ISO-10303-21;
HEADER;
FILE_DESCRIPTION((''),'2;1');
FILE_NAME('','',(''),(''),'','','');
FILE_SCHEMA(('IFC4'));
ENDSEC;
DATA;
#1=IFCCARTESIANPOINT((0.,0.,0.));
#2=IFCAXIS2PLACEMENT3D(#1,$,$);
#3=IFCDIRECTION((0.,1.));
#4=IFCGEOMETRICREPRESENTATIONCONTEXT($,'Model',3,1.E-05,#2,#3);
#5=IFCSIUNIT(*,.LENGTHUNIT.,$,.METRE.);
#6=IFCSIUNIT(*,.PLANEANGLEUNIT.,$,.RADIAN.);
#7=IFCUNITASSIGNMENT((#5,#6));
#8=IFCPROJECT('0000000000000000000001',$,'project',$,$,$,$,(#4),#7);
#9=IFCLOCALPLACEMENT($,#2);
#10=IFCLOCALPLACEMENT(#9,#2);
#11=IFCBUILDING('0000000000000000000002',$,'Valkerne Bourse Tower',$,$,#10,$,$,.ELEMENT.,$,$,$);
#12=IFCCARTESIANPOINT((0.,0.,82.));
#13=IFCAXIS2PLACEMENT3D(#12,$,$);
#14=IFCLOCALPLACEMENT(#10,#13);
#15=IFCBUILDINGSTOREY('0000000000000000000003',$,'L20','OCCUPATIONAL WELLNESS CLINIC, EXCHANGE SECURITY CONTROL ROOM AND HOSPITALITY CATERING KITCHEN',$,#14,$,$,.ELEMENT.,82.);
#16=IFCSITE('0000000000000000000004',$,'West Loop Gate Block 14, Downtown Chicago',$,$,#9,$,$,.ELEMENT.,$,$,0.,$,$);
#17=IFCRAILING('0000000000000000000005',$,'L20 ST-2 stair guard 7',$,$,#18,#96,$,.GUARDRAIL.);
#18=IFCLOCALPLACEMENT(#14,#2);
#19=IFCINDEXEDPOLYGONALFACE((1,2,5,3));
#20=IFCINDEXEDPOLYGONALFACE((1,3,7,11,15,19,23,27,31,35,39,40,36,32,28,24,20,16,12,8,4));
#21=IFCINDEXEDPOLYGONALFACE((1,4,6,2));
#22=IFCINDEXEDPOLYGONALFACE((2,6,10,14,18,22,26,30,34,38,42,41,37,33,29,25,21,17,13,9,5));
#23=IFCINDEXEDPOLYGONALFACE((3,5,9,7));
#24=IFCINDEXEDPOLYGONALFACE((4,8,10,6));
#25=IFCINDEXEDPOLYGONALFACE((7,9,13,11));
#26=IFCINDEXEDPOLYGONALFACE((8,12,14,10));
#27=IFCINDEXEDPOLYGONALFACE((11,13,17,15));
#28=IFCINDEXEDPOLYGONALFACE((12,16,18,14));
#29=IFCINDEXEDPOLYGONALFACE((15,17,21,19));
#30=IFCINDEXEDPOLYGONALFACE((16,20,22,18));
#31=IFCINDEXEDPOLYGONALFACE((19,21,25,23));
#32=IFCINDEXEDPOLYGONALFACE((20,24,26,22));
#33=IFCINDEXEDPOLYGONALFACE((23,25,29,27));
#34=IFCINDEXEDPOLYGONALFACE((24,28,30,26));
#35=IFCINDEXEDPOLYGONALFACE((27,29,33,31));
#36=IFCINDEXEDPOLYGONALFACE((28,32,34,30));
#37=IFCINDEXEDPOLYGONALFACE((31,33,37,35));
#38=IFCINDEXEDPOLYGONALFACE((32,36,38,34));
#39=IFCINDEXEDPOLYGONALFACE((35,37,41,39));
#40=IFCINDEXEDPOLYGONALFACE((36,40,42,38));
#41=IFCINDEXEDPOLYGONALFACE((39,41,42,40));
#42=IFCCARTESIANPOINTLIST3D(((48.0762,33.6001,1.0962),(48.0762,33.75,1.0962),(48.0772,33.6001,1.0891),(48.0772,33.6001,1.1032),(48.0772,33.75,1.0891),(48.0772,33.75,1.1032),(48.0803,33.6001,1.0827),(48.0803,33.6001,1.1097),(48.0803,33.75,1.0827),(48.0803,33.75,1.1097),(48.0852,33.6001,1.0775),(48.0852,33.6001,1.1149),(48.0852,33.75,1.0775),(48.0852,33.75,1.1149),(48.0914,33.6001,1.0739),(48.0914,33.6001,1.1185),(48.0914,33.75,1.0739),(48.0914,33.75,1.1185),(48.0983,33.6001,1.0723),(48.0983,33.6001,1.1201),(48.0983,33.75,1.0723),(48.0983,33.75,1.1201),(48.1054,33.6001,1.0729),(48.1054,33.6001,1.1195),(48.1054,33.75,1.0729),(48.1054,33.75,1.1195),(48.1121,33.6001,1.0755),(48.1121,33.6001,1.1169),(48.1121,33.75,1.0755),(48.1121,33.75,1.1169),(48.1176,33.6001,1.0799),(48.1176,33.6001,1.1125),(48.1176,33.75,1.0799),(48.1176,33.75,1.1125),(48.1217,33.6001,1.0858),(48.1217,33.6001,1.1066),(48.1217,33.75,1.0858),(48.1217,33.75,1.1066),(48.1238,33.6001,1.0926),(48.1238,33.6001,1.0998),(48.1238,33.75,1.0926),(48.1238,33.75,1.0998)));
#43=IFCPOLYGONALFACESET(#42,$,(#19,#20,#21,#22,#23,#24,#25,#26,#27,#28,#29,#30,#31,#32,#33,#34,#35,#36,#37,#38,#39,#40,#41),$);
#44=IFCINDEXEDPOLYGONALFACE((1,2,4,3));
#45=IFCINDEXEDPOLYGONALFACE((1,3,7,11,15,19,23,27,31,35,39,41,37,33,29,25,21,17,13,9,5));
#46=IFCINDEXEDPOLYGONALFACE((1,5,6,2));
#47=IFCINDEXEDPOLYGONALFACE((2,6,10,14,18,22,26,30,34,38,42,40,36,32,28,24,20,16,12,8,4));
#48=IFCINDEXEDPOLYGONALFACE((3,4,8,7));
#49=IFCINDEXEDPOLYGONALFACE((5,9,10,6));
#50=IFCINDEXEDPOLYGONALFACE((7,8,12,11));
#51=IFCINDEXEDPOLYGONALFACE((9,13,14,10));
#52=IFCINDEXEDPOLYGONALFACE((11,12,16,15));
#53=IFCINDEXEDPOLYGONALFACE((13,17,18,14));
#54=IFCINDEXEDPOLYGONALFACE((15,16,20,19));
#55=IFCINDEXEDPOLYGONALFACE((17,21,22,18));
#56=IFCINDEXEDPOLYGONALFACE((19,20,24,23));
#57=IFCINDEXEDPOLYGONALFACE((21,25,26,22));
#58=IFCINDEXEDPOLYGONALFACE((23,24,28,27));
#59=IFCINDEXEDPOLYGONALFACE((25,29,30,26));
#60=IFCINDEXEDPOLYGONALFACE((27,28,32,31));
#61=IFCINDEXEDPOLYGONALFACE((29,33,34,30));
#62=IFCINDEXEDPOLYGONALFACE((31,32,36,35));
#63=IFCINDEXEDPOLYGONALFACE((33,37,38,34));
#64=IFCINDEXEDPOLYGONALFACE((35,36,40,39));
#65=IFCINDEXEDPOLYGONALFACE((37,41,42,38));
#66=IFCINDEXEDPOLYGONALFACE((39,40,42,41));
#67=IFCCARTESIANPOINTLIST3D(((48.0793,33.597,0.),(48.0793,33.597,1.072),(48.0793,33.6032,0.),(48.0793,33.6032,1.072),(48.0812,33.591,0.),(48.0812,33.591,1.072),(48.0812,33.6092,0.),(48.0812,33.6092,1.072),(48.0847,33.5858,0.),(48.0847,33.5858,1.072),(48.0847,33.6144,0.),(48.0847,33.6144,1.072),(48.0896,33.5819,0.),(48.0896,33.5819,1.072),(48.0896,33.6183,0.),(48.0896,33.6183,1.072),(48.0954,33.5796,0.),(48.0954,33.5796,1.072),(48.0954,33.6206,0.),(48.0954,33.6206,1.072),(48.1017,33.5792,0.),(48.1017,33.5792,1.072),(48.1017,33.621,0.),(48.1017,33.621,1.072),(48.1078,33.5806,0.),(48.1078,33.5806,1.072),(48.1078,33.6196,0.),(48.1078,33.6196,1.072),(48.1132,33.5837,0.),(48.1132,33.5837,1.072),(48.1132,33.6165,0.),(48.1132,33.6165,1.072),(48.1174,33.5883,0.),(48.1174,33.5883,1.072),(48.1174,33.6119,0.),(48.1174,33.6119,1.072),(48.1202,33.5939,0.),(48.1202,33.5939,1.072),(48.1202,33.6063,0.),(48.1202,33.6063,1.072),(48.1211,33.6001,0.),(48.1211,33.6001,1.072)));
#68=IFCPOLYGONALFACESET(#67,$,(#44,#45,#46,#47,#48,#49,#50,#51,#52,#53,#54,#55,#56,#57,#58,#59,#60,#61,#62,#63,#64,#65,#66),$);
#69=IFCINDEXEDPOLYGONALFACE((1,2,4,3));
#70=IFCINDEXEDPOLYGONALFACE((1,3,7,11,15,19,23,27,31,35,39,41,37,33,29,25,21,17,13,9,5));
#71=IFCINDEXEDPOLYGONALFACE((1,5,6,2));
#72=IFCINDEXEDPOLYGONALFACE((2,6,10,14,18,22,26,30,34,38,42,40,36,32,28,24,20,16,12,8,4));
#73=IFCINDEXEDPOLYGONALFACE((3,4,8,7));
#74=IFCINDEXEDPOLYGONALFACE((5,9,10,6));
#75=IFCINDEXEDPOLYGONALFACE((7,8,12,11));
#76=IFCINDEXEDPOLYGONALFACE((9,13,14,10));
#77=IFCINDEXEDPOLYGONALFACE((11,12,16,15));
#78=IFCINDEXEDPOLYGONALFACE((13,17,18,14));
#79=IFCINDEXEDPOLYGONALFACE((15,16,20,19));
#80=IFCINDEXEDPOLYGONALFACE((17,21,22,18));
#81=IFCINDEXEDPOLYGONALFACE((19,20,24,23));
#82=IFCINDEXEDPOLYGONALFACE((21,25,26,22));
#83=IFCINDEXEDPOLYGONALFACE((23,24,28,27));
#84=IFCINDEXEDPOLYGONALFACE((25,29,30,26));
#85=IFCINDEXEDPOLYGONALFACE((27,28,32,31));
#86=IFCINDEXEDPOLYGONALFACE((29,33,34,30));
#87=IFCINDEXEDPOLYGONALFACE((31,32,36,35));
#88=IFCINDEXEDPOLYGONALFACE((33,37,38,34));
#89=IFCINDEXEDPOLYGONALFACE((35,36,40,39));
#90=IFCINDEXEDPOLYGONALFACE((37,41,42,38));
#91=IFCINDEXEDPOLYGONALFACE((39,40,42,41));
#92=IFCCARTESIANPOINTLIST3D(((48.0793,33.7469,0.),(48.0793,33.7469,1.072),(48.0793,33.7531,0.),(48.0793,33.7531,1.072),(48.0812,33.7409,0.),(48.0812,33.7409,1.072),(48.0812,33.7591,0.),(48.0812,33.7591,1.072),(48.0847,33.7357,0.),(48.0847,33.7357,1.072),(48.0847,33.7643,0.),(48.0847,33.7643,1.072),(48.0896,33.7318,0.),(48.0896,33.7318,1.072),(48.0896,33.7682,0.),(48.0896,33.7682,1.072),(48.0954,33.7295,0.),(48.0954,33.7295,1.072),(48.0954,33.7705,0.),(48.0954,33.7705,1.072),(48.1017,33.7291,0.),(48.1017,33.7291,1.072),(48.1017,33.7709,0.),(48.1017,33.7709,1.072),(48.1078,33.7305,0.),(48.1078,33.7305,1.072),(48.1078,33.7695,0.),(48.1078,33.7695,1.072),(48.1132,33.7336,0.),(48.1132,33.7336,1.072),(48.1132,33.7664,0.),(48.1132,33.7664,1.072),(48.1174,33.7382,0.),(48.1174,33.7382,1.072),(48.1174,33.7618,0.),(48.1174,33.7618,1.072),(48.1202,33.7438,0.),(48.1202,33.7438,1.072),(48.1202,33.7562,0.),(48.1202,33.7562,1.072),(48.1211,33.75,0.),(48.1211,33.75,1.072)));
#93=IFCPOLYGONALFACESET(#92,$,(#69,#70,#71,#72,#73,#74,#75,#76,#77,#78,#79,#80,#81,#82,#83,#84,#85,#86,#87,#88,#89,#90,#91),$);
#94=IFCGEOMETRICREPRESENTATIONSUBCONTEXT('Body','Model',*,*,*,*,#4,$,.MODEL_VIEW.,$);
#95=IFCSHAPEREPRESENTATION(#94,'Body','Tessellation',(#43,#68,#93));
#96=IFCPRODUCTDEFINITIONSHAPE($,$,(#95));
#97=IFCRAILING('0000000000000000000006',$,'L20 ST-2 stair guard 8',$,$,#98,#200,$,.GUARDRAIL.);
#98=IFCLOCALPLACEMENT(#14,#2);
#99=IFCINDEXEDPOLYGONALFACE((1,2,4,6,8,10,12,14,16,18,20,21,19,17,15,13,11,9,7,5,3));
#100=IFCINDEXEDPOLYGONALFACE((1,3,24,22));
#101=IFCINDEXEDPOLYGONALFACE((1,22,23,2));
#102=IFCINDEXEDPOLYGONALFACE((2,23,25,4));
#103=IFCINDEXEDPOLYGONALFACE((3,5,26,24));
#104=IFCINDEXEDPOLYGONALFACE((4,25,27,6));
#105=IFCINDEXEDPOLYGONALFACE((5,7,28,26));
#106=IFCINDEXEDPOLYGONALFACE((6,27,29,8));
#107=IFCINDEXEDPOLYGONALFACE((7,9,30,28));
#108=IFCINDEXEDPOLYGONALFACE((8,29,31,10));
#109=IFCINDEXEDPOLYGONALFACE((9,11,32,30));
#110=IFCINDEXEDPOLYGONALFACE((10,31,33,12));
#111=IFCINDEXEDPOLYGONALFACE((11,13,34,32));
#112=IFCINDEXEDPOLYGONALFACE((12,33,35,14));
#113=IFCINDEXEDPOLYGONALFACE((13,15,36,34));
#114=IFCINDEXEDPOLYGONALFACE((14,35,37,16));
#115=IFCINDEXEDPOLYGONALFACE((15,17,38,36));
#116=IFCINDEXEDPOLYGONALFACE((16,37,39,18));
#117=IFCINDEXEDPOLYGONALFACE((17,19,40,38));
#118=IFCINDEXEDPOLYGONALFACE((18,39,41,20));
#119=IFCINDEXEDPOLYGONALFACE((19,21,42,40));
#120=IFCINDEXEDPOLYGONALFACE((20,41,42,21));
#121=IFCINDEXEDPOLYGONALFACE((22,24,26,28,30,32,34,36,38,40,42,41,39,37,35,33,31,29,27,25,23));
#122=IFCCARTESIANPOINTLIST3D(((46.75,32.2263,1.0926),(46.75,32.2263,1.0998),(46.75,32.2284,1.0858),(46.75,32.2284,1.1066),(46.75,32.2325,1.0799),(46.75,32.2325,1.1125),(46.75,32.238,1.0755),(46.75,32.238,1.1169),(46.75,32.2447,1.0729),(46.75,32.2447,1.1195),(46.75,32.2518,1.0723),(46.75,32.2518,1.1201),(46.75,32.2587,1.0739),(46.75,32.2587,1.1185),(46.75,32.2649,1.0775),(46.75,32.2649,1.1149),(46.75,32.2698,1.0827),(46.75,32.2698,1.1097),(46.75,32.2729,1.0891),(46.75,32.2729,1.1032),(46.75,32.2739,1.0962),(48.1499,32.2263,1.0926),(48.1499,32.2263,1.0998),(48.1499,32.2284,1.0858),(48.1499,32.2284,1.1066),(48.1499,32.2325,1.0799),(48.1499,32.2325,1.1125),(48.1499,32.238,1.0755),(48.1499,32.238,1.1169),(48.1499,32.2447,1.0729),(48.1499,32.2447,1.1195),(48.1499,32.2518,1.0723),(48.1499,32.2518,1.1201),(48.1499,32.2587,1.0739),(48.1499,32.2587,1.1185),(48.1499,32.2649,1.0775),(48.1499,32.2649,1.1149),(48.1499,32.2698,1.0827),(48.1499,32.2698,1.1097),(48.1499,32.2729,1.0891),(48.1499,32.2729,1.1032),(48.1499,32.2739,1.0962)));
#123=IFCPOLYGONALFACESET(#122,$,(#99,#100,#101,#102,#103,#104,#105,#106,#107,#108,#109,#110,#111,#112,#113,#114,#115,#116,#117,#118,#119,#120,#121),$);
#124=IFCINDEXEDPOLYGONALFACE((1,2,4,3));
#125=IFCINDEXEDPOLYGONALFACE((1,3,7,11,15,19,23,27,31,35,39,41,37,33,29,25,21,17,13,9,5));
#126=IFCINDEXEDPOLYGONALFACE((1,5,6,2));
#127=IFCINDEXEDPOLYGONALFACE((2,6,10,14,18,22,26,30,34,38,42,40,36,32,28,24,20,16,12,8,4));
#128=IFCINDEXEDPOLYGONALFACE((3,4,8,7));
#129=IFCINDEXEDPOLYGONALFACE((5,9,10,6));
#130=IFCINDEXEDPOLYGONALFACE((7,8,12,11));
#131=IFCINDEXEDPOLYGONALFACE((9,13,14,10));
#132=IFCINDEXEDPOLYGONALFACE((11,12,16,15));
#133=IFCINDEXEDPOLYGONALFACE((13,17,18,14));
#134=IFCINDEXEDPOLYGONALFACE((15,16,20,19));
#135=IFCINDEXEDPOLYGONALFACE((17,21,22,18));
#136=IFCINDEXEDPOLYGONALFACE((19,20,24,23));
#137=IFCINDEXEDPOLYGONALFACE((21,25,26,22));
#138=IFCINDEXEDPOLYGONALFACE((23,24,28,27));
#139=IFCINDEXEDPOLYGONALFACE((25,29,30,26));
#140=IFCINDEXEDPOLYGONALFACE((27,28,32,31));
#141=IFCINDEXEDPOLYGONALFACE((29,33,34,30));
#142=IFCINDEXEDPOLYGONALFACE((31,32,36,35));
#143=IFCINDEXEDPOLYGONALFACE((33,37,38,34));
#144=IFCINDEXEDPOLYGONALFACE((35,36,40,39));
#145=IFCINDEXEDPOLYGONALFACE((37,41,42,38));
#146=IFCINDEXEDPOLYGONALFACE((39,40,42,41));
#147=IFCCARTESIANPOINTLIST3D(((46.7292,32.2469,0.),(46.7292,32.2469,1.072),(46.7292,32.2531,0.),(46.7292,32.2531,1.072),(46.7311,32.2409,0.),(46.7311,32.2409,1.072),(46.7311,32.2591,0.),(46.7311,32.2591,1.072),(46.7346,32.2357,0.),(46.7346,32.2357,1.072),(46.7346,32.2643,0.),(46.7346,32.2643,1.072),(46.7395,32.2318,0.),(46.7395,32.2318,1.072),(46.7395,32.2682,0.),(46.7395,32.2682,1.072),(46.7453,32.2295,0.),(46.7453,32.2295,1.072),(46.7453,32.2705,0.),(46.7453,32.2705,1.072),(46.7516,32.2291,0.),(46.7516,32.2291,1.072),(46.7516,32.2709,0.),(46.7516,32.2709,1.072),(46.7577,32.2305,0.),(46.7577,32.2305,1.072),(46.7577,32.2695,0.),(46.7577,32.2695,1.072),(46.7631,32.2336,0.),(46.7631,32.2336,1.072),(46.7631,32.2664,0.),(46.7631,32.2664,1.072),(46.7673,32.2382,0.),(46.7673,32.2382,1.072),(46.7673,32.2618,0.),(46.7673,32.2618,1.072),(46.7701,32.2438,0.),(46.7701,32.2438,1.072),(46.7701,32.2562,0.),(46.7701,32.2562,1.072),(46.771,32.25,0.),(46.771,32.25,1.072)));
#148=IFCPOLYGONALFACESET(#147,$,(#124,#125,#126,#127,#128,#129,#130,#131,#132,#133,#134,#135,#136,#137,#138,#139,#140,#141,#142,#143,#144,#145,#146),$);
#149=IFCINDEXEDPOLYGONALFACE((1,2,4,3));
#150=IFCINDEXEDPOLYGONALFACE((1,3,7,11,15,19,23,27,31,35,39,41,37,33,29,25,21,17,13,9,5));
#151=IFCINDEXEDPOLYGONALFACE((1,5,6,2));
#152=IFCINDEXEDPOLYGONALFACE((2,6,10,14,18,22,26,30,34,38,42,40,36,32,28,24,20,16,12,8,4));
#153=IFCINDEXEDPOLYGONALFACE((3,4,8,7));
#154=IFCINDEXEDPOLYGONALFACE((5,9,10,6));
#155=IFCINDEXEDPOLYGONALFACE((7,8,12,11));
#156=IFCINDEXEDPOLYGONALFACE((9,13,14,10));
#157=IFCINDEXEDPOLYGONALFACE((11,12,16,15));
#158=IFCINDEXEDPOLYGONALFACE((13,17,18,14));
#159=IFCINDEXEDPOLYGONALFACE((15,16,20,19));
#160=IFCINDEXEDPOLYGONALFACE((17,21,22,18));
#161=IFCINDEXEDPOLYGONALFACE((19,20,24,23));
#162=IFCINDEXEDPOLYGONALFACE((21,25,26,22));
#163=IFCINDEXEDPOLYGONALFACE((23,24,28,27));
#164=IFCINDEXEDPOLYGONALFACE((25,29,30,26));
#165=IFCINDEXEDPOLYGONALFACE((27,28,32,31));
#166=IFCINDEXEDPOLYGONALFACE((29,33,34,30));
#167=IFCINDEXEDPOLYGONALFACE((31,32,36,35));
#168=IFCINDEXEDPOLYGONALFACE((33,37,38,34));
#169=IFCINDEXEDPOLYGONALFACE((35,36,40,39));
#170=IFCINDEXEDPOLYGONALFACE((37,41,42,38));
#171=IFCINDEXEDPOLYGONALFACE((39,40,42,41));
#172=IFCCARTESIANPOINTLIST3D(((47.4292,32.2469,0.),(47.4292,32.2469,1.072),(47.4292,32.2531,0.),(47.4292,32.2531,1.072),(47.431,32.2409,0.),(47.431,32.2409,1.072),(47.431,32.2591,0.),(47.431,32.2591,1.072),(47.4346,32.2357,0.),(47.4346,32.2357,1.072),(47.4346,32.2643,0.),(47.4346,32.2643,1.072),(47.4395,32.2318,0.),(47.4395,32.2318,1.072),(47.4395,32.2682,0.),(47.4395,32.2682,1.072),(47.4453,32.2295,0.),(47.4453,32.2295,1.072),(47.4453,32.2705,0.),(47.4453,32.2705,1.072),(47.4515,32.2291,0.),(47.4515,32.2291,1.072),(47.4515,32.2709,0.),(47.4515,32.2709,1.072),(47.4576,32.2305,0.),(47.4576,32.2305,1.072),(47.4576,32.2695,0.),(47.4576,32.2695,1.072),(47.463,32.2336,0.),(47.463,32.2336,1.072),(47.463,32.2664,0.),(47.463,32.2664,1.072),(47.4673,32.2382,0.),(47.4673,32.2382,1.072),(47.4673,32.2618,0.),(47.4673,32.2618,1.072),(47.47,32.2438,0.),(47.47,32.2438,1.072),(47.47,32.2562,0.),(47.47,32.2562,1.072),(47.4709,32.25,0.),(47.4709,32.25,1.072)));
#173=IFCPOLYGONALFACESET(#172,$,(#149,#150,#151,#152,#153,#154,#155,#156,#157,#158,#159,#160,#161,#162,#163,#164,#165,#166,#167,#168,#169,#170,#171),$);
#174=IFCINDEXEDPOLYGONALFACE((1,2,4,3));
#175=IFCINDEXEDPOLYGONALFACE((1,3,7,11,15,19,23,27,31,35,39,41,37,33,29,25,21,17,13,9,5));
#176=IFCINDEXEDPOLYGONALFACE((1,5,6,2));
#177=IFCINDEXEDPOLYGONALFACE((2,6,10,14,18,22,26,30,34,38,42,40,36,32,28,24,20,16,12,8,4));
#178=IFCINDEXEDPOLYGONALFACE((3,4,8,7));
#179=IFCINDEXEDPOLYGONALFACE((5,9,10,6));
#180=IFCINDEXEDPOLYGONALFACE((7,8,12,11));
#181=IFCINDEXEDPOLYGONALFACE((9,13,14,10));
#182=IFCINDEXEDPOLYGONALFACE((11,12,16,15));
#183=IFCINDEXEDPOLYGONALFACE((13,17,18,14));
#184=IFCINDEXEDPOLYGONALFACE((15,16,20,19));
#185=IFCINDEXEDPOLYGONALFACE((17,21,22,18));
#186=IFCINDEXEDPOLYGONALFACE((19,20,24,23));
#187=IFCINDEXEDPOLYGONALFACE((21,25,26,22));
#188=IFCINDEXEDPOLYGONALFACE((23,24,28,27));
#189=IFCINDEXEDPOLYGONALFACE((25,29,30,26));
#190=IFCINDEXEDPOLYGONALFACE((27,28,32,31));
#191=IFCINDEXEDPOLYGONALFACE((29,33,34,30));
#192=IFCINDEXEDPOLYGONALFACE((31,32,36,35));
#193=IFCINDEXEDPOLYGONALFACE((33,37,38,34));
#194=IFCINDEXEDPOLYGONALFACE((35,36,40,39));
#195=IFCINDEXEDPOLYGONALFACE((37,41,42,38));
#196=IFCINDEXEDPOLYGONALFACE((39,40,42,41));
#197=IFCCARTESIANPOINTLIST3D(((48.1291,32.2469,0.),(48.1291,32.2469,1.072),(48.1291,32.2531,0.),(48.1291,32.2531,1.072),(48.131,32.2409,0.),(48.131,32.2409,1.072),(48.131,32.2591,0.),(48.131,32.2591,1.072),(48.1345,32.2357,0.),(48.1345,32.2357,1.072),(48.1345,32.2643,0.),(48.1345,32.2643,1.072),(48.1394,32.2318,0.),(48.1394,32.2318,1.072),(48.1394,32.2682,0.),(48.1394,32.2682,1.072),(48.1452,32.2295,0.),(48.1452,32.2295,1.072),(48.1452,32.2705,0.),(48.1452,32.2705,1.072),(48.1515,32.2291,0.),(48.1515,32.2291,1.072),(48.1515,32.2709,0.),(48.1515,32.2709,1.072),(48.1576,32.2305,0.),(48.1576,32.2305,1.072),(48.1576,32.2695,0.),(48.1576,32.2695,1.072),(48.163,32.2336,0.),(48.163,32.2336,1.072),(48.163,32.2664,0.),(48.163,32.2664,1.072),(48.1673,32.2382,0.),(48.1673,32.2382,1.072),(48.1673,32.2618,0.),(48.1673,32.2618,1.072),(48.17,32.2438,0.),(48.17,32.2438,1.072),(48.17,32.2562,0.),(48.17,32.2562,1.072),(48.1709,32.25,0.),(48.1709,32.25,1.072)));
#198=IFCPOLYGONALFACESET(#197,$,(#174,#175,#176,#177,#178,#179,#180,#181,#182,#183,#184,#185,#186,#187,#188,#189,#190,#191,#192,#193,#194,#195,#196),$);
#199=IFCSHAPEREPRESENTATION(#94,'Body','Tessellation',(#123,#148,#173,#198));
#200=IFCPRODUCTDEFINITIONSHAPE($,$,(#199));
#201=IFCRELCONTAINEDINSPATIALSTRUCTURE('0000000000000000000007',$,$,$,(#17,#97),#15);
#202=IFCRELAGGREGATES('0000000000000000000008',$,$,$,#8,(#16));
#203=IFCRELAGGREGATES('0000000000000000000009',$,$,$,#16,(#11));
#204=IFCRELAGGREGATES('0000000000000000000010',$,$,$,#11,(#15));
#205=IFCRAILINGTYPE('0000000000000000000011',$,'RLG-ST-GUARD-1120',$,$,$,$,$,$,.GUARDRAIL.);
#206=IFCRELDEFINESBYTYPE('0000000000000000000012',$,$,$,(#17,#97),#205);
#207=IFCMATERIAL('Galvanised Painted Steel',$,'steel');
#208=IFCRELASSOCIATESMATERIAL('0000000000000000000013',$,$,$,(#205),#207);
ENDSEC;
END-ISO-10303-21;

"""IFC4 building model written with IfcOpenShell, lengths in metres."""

from ifc_helpers import new_model, si_unit, direction, frame, origin, origin_2d, place, context, subcontext, project, spatial, circle, extrude, material, type_object, element, save


model = new_model("IFC4")

# Units and contexts
model_context = context("Model", 3, precision=1e-05, world=origin(), true_north=direction((0.0, 1.0)))
body_context = subcontext(model_context, "Body", "Model", "MODEL_VIEW")
ifc_project = project(units=[si_unit("LENGTHUNIT", "METRE"), si_unit("PLANEANGLEUNIT", "RADIAN")], contexts=[model_context])

# Site, building, storey
site_placement = place(None, origin())
site = spatial("IfcSite", under=ifc_project, at=site_placement, Name="West Loop Gate Block 14, Downtown Chicago", CompositionType="ELEMENT", RefElevation=0.0)
building_placement = place(site_placement, origin())
building = spatial("IfcBuilding", under=site, at=building_placement, Name="Valkerne Bourse Tower", CompositionType="ELEMENT")
storey_placement = place(building_placement, frame((0.0, 0.0, 82.0)))
storey = spatial("IfcBuildingStorey", under=building, at=storey_placement, Name="L20", Description="OCCUPATIONAL WELLNESS CLINIC, EXCHANGE SECURITY CONTROL ROOM AND HOSPITALITY CATERING KITCHEN", CompositionType="ELEMENT", Elevation=82.0)

# Shared definitions
ifc_material_1 = material(Name="Galvanised Painted Steel", Category="steel")

# Railings
railing_type_1 = type_object("IfcRailingType", Name="RLG-ST-GUARD-1120", PredefinedType="GUARDRAIL", material=ifc_material_1)
railing_1_placement = place(storey_placement, frame((48.1001, 33.6001, 0.0)))
element("IfcRailing", 1, at=railing_1_placement, inside=storey, type_object=railing_type_1, Name="L20 ST-2 stair guard 7", PredefinedType="GUARDRAIL", context=body_context, shape_type="SweptSolid", body=[
    extrude(circle(Radius=0.0239, at=origin_2d()), frame((0.0, 0.0, 1.0962), z_axis=(0.0, 1.0, 0.0), x_axis=(-1.0, 0.0, 0.0)), (0.0, 0.0, 1.0), 0.1499),
    extrude(circle(Radius=0.021, at=origin_2d()), origin(), (0.0, 0.0, 1.0), 1.072),
    extrude(circle(Radius=0.021, at=origin_2d()), frame((0.0, 0.1499, 0.0)), (0.0, 0.0, 1.0), 1.072),
])
for number, where, name in (
    (2, (46.75, 32.25, 0.0), "L20 ST-2 stair guard 8"),
):
    element("IfcRailing", number, at=place(storey_placement, frame(where)), inside=storey, type_object=railing_type_1, Name=name, PredefinedType="GUARDRAIL", context=body_context, shape_type="SweptSolid", body=[
        extrude(circle(Radius=0.0239, at=origin_2d()), frame((0.0, 0.0, 1.0962), z_axis=(1.0, 0.0, 0.0), x_axis=(0.0, 1.0, 0.0)), (0.0, 0.0, 1.0), 1.3999),
        extrude(circle(Radius=0.021, at=origin_2d()), origin(), (0.0, 0.0, 1.0), 1.072),
        extrude(circle(Radius=0.021, at=origin_2d()), frame((0.7, 0.0, 0.0)), (0.0, 0.0, 1.0), 1.072),
        extrude(circle(Radius=0.021, at=origin_2d()), frame((1.3999, 0.0, 0.0)), (0.0, 0.0, 1.0), 1.072),
    ])

save(model, "model.ifc")
